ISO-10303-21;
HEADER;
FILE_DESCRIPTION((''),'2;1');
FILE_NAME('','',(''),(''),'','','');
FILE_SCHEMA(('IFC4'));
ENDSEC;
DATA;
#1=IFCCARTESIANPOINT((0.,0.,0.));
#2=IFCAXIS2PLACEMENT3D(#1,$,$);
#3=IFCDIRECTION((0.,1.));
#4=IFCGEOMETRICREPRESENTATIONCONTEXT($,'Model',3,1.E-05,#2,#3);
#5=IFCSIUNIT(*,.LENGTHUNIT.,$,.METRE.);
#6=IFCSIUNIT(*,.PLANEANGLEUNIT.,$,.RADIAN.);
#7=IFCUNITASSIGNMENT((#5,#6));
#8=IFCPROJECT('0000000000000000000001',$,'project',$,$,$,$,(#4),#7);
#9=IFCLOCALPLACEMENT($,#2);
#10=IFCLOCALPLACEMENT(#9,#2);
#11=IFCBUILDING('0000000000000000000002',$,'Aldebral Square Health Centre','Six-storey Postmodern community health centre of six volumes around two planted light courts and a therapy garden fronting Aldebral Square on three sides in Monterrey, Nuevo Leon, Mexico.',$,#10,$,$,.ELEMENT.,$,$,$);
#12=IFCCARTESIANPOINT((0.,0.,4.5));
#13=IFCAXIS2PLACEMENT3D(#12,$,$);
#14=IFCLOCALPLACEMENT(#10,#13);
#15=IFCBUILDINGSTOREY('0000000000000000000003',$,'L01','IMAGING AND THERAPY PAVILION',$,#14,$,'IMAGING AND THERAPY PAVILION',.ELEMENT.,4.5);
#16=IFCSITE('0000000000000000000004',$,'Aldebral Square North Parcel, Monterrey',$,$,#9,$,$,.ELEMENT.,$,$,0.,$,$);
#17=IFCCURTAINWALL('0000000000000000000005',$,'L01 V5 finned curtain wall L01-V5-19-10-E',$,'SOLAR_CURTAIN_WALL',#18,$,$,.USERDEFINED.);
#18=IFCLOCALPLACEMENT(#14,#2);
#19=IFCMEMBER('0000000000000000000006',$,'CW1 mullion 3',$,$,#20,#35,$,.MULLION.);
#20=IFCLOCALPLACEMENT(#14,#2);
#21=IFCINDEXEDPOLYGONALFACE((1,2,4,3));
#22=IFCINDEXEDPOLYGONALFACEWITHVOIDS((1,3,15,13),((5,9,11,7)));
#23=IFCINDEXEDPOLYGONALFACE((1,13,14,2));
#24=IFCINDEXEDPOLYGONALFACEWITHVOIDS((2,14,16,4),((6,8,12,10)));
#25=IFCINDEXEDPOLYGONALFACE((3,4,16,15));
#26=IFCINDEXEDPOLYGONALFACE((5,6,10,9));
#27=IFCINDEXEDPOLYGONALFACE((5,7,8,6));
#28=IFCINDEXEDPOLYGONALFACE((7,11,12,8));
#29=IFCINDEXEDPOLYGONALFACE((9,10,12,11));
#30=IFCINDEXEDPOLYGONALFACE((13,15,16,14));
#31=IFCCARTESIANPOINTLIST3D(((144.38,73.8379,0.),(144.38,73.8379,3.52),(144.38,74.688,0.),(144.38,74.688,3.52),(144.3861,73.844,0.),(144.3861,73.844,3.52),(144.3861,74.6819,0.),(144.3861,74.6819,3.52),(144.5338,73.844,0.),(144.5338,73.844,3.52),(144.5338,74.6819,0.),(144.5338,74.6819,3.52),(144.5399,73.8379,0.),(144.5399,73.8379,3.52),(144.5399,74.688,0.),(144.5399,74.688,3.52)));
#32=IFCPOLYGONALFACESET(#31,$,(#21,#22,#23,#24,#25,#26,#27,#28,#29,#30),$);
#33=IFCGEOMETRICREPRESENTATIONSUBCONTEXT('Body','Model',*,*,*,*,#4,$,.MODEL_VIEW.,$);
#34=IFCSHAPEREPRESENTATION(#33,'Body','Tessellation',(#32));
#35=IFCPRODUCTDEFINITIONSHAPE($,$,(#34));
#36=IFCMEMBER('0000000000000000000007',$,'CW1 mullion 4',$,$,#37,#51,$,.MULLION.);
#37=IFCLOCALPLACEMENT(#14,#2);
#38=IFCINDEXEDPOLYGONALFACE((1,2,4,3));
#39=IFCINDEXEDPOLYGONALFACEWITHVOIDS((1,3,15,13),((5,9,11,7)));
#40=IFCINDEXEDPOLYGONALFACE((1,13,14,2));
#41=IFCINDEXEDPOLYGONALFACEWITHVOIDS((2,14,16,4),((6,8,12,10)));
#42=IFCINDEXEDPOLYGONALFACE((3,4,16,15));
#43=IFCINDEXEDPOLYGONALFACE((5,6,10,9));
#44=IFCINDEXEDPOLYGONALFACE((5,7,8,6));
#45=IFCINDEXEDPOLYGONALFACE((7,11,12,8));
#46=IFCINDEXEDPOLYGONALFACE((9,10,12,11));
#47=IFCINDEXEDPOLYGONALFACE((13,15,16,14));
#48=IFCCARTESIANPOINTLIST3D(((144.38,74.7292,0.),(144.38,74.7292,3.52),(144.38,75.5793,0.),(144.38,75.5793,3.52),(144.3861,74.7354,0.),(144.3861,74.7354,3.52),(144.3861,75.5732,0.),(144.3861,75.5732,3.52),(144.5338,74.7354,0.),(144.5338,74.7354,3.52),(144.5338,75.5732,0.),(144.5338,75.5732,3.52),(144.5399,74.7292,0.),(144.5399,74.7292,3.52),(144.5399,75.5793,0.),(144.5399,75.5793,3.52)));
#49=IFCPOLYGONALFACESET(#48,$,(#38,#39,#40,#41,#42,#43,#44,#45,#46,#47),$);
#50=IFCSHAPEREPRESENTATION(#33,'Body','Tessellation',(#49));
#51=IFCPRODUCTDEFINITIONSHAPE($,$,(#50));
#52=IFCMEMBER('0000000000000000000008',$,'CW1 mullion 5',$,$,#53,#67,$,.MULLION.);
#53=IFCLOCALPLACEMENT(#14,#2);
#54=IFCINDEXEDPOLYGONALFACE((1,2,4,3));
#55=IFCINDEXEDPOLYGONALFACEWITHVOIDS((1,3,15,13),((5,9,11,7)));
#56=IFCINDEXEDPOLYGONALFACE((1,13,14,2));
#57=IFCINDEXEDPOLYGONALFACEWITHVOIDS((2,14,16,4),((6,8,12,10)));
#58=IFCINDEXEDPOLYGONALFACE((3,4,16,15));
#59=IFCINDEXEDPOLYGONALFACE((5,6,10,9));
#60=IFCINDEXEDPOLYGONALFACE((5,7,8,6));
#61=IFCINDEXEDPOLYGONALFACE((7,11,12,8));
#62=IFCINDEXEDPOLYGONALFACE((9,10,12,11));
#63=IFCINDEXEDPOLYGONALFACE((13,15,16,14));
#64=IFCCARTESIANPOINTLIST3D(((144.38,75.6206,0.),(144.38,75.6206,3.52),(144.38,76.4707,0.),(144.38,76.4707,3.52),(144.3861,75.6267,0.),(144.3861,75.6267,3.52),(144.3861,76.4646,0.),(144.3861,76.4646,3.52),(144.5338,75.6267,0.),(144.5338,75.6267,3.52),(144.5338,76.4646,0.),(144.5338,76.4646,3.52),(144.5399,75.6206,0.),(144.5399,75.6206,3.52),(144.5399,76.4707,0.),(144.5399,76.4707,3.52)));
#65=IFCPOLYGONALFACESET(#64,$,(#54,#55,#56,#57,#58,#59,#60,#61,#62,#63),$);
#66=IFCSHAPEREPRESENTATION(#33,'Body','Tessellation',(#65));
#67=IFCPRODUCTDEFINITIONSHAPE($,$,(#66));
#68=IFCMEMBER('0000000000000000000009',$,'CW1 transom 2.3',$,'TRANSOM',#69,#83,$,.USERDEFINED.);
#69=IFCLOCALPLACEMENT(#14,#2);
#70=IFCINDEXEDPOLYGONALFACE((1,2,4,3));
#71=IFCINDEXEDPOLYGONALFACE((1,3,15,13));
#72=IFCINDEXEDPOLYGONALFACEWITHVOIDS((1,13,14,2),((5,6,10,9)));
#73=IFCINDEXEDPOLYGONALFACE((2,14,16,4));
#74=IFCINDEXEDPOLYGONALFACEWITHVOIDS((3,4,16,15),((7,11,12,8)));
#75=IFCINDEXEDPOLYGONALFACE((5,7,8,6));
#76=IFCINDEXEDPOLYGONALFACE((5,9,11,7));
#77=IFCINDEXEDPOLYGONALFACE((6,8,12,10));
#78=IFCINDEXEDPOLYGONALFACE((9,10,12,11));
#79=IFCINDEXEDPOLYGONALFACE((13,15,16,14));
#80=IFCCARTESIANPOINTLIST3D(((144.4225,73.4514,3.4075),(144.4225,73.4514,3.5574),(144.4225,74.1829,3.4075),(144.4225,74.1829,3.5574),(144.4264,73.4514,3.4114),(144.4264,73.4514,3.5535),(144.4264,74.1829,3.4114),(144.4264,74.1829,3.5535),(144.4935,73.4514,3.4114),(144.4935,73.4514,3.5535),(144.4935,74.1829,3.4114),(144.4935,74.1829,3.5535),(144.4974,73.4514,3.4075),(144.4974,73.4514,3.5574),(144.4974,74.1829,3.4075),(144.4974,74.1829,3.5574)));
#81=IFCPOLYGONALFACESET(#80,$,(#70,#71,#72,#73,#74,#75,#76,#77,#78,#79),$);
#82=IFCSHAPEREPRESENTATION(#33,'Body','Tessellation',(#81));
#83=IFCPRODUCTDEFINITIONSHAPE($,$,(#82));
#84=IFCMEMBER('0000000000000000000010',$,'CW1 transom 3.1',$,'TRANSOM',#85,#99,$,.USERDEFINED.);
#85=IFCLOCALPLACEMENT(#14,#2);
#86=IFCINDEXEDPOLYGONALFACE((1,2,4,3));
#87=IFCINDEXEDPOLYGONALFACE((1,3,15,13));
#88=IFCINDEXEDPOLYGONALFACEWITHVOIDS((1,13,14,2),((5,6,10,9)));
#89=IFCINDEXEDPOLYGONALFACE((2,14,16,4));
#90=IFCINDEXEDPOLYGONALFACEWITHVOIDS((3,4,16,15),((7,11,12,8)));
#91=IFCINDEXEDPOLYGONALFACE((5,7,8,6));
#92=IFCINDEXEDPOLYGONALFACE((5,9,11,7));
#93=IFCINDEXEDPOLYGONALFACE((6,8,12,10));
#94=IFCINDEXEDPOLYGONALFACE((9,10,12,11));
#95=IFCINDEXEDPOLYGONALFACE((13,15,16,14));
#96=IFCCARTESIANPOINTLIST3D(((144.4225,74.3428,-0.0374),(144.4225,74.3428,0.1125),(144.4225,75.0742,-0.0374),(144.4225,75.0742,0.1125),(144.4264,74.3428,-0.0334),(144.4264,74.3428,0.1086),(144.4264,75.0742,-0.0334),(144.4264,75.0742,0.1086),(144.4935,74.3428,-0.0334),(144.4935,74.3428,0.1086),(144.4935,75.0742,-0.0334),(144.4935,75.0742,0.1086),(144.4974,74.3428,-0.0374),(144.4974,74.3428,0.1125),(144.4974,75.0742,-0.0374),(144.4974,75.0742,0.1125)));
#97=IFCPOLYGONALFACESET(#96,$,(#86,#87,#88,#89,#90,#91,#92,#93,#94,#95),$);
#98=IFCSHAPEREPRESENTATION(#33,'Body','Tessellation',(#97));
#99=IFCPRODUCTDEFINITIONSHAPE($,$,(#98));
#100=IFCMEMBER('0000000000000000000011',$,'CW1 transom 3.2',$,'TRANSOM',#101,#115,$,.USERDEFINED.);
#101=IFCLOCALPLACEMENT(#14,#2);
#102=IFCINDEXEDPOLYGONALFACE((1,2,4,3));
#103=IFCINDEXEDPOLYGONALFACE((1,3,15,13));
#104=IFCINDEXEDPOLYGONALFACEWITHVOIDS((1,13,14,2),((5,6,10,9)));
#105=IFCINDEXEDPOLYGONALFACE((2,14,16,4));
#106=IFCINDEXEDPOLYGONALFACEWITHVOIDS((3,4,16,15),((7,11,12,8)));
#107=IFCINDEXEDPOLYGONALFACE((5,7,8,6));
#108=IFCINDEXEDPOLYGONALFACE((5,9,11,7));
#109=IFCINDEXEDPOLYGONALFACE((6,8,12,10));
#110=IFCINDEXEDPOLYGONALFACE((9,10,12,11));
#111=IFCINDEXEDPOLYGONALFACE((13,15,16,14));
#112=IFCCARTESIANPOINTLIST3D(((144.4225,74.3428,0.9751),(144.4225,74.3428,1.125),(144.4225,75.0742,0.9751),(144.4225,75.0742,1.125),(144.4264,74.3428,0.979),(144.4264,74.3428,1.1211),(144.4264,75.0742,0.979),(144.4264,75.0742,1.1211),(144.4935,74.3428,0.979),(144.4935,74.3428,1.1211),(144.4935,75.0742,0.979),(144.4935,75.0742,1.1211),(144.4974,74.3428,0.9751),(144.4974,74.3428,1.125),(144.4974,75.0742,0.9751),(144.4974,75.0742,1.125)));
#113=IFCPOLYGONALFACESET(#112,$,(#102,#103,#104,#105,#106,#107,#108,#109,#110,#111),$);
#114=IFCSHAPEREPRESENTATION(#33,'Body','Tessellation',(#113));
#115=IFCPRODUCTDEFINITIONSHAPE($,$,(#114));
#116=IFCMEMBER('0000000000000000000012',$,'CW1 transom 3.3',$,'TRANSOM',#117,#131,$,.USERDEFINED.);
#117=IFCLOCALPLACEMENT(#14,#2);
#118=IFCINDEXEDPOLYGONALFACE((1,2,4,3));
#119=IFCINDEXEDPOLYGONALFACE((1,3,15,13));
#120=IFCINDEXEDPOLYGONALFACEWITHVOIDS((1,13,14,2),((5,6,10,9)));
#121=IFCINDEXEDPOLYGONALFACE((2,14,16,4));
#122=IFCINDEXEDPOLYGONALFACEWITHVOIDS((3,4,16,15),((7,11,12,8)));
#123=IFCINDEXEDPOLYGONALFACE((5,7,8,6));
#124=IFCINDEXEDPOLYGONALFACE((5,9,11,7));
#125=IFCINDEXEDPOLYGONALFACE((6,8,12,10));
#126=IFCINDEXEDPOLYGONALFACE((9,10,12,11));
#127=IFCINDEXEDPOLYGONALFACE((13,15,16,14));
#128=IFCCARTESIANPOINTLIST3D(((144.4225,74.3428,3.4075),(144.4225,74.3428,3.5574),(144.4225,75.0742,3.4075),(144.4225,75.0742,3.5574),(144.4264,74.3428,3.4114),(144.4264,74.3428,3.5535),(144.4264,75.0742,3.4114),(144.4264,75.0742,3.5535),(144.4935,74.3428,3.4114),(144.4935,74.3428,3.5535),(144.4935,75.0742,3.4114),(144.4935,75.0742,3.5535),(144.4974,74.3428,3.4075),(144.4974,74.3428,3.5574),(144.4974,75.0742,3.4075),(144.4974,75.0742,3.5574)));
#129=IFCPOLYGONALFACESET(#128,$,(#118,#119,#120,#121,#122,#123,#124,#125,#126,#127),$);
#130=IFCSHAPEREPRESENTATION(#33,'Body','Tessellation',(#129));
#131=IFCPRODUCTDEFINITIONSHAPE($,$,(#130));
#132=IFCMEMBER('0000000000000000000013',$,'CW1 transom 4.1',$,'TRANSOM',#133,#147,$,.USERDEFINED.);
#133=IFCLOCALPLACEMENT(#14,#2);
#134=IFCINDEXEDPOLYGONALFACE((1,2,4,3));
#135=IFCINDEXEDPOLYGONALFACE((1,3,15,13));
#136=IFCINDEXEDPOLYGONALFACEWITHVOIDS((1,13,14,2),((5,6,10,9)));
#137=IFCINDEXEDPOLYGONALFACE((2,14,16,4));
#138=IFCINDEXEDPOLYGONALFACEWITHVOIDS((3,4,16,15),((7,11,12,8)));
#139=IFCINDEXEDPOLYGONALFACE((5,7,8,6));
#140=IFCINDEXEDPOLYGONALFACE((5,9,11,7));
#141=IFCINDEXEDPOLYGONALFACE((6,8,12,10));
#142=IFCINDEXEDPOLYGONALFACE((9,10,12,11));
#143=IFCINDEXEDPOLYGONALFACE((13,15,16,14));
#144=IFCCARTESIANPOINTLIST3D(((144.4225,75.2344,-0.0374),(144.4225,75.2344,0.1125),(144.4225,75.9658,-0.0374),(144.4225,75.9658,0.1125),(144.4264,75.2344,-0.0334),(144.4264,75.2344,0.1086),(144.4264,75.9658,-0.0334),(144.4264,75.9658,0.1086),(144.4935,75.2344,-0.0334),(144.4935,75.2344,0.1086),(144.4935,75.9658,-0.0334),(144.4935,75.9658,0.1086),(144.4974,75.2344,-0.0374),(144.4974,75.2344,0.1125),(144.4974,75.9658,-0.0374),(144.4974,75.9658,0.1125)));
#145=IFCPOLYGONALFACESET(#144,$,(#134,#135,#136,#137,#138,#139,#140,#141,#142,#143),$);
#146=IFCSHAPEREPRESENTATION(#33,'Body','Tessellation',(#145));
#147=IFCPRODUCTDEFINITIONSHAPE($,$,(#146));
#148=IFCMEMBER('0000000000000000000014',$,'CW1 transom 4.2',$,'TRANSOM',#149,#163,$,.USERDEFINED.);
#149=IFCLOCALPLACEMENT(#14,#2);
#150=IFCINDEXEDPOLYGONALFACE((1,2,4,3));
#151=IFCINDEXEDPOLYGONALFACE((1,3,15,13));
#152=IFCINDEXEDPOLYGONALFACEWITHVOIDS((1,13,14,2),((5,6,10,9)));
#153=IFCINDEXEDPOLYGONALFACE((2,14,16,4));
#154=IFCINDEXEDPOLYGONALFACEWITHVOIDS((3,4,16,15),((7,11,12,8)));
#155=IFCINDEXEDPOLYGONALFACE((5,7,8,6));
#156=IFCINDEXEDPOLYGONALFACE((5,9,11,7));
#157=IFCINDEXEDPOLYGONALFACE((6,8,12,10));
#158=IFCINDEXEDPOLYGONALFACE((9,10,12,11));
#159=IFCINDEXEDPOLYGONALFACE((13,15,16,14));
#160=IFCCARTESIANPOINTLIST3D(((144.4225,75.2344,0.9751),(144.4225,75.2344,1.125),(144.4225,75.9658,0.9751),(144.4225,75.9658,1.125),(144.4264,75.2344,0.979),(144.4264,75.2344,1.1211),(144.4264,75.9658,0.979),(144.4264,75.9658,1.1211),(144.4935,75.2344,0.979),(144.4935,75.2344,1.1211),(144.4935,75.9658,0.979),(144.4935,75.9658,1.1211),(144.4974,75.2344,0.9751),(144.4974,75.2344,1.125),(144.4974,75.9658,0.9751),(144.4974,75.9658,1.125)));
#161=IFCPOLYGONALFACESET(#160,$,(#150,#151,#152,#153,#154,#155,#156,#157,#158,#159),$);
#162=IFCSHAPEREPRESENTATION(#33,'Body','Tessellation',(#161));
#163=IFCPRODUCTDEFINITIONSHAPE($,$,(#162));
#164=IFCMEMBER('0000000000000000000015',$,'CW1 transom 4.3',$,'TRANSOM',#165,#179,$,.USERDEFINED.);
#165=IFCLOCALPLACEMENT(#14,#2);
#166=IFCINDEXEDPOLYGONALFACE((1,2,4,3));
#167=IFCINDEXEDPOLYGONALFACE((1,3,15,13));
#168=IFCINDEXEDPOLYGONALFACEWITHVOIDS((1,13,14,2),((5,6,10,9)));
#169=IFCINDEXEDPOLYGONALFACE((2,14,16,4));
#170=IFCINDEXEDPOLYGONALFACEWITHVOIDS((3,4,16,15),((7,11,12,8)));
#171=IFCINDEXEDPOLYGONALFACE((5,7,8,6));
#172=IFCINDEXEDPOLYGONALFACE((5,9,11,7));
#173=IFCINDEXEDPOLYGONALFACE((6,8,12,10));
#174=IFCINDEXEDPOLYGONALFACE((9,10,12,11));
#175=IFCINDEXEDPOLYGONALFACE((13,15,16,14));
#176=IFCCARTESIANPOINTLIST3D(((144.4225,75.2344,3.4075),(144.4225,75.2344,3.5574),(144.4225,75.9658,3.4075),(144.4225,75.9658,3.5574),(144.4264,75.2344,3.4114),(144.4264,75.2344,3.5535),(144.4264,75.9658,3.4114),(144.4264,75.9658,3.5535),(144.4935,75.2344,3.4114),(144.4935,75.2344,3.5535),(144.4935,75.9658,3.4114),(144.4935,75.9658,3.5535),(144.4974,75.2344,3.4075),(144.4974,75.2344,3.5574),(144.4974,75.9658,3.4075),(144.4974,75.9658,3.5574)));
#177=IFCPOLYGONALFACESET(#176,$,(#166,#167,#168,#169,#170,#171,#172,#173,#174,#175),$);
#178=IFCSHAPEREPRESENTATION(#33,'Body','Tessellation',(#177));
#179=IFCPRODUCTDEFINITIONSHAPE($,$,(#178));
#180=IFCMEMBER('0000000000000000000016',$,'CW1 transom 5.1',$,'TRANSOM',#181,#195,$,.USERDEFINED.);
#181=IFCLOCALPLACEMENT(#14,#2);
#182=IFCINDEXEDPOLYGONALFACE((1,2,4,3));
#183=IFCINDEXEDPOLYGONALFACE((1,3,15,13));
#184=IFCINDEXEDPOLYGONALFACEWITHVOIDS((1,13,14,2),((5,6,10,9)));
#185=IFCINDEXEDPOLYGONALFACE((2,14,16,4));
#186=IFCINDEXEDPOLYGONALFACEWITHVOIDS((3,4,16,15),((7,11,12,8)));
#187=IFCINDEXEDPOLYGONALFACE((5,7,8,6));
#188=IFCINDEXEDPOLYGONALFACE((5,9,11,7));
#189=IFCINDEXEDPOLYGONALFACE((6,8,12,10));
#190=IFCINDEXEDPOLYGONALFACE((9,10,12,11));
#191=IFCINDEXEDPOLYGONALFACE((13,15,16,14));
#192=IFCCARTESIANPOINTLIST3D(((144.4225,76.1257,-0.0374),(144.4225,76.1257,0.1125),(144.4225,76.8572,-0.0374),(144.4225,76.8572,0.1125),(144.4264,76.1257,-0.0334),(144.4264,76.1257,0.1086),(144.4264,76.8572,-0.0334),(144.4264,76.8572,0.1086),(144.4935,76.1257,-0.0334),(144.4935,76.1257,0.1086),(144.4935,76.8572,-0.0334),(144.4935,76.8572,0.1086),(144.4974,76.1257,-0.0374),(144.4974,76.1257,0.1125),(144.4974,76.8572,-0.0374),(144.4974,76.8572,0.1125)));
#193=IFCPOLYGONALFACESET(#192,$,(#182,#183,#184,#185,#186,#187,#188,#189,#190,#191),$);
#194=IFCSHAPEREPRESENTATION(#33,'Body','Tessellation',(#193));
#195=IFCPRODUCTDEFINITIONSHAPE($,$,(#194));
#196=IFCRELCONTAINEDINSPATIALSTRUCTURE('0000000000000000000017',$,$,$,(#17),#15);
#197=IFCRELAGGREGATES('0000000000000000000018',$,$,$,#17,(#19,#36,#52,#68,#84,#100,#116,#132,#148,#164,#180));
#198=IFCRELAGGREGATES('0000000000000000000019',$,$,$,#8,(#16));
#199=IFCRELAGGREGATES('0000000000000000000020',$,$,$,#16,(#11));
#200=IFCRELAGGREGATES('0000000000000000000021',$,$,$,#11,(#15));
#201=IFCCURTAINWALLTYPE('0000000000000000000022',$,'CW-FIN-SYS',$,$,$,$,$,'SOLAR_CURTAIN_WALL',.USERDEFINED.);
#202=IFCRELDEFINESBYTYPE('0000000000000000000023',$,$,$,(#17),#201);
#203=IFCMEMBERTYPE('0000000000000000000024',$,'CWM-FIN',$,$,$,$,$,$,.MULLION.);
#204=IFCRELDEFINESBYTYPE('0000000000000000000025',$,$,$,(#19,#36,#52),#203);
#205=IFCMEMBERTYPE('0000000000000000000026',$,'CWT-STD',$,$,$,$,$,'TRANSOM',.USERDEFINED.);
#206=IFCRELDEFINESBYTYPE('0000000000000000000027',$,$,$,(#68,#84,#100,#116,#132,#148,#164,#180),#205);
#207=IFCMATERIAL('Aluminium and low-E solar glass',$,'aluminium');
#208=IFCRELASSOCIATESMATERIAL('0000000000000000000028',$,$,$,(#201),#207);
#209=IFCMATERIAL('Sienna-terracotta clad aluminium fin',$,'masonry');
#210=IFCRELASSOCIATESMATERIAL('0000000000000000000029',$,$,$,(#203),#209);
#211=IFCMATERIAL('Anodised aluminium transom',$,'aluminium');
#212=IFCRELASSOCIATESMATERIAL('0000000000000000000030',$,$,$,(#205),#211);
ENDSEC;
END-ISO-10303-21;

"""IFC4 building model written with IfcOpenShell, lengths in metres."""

from ifc_helpers import new_model, si_unit, direction, frame, origin, origin_2d, place, context, subcontext, project, spatial, hollow_rectangle, extrude, material, material_profile, profile_set, type_object, element, aggregate, save


model = new_model("IFC4")

# Units and contexts
model_context = context("Model", 3, precision=1e-05, world=origin(), true_north=direction((0.0, 1.0)))
body_context = subcontext(model_context, "Body", "Model", "MODEL_VIEW")
ifc_project = project(units=[si_unit("LENGTHUNIT", "METRE"), si_unit("PLANEANGLEUNIT", "RADIAN")], contexts=[model_context])

# Site, building, storey
site_placement = place(None, origin())
site = spatial("IfcSite", under=ifc_project, at=site_placement, Name="Aldebral Square North Parcel, Monterrey", CompositionType="ELEMENT", RefElevation=0.0)
building_placement = place(site_placement, origin())
building = spatial("IfcBuilding", under=site, at=building_placement, Name="Aldebral Square Health Centre", Description="Six-storey Postmodern community health centre of six volumes around two planted light courts and a therapy garden fronting Aldebral Square on three sides in Monterrey, Nuevo Leon, Mexico.", CompositionType="ELEMENT")
storey_placement = place(building_placement, frame((0.0, 0.0, 4.5)))
storey = spatial("IfcBuildingStorey", under=building, at=storey_placement, Name="L01", Description="IMAGING AND THERAPY PAVILION", LongName="IMAGING AND THERAPY PAVILION", CompositionType="ELEMENT", Elevation=4.5)

# Curtain wall, members
ifc_material_1 = material(Name="Aluminium and low-E solar glass", Category="aluminium")
curtain_wall_type = type_object("IfcCurtainWallType", Name="CW-FIN-SYS", ElementType="SOLAR_CURTAIN_WALL", PredefinedType="USERDEFINED", material=ifc_material_1)
curtain_wall_placement = place(storey_placement, origin())
curtain_wall = element("IfcCurtainWall", 1, at=curtain_wall_placement, inside=storey, type_object=curtain_wall_type, Name="L01 V5 finned curtain wall L01-V5-19-10-E", ObjectType="SOLAR_CURTAIN_WALL", PredefinedType="USERDEFINED")
ifc_material_2 = material(Name="Sienna-terracotta clad aluminium fin", Category="masonry")
ifc_material_profile_1 = material_profile(ifc_material_2, hollow_rectangle(XDim=0.1599, YDim=0.8501, WallThickness=0.0061, at=origin_2d()), Name="FIN 160x850x6")
ifc_profile_set_1 = profile_set([ifc_material_profile_1], Name="Sienna-terracotta clad aluminium fin")
member_type_1 = type_object("IfcMemberType", Name="CWM-FIN", PredefinedType="MULLION", material=ifc_profile_set_1)
member_1_placement = place(storey_placement, frame((144.46, 74.2629, 0.0), z_axis=(0.0, 0.0, 1.0), x_axis=(-1.0, 0.0, 0.0)))
member_1 = element("IfcMember", 2, at=member_1_placement, type_object=member_type_1, Name="CW1 mullion 3", PredefinedType="MULLION", context=body_context, shape_type="SweptSolid", body=[
    extrude(hollow_rectangle(XDim=0.1599, YDim=0.8501, WallThickness=0.0061, at=origin_2d()), origin(), (0.0, 0.0, 1.0), 3.52),
])
member_2_placement = place(storey_placement, frame((144.46, 75.1543, 0.0), z_axis=(0.0, 0.0, 1.0), x_axis=(-1.0, 0.0, 0.0)))
member_2 = element("IfcMember", 3, at=member_2_placement, type_object=member_type_1, Name="CW1 mullion 4", PredefinedType="MULLION", context=body_context, shape_type="SweptSolid", body=[
    extrude(hollow_rectangle(XDim=0.1599, YDim=0.8501, WallThickness=0.0061, at=origin_2d()), origin(), (0.0, 0.0, 1.0), 3.52),
])
member_3_placement = place(storey_placement, frame((144.46, 76.0457, 0.0), z_axis=(0.0, 0.0, 1.0), x_axis=(-1.0, 0.0, 0.0)))
member_3 = element("IfcMember", 4, at=member_3_placement, type_object=member_type_1, Name="CW1 mullion 5", PredefinedType="MULLION", context=body_context, shape_type="SweptSolid", body=[
    extrude(hollow_rectangle(XDim=0.1599, YDim=0.8501, WallThickness=0.0061, at=origin_2d()), origin(), (0.0, 0.0, 1.0), 3.52),
])
ifc_material_3 = material(Name="Anodised aluminium transom", Category="aluminium")
ifc_material_profile_2 = material_profile(ifc_material_3, hollow_rectangle(XDim=0.075, YDim=0.1499, WallThickness=0.0039, at=origin_2d()), Name="CWT 75x150x4")
ifc_profile_set_2 = profile_set([ifc_material_profile_2], Name="Anodised aluminium transom")
member_type_2 = type_object("IfcMemberType", Name="CWT-STD", ElementType="TRANSOM", PredefinedType="USERDEFINED", material=ifc_profile_set_2)
member_4_placement = place(storey_placement, frame((144.46, 73.4514, 3.4824), z_axis=(0.0, 1.0, 0.0), x_axis=(-1.0, 0.0, 0.0)))
member_4 = element("IfcMember", 5, at=member_4_placement, type_object=member_type_2, Name="CW1 transom 2.3", ObjectType="TRANSOM", PredefinedType="USERDEFINED", context=body_context, shape_type="SweptSolid", body=[
    extrude(hollow_rectangle(XDim=0.075, YDim=0.1499, WallThickness=0.0039, at=origin_2d()), origin(), (0.0, 0.0, 1.0), 0.7314),
])
member_5_placement = place(storey_placement, frame((144.46, 74.3428, 0.0376), z_axis=(0.0, 1.0, 0.0), x_axis=(-1.0, 0.0, 0.0)))
member_5 = element("IfcMember", 6, at=member_5_placement, type_object=member_type_2, Name="CW1 transom 3.1", ObjectType="TRANSOM", PredefinedType="USERDEFINED", context=body_context, shape_type="SweptSolid", body=[
    extrude(hollow_rectangle(XDim=0.075, YDim=0.1499, WallThickness=0.0039, at=origin_2d()), origin(), (0.0, 0.0, 1.0), 0.7314),
])
member_6_placement = place(storey_placement, frame((144.46, 74.3428, 1.05), z_axis=(0.0, 1.0, 0.0), x_axis=(-1.0, 0.0, 0.0)))
member_6 = element("IfcMember", 7, at=member_6_placement, type_object=member_type_2, Name="CW1 transom 3.2", ObjectType="TRANSOM", PredefinedType="USERDEFINED", context=body_context, shape_type="SweptSolid", body=[
    extrude(hollow_rectangle(XDim=0.075, YDim=0.1499, WallThickness=0.0039, at=origin_2d()), origin(), (0.0, 0.0, 1.0), 0.7314),
])
member_7_placement = place(storey_placement, frame((144.46, 74.3428, 3.4824), z_axis=(0.0, 1.0, 0.0), x_axis=(-1.0, 0.0, 0.0)))
member_7 = element("IfcMember", 8, at=member_7_placement, type_object=member_type_2, Name="CW1 transom 3.3", ObjectType="TRANSOM", PredefinedType="USERDEFINED", context=body_context, shape_type="SweptSolid", body=[
    extrude(hollow_rectangle(XDim=0.075, YDim=0.1499, WallThickness=0.0039, at=origin_2d()), origin(), (0.0, 0.0, 1.0), 0.7314),
])
member_8_placement = place(storey_placement, frame((144.46, 75.2344, 0.0376), z_axis=(0.0, 1.0, 0.0), x_axis=(-1.0, 0.0, 0.0)))
member_8 = element("IfcMember", 9, at=member_8_placement, type_object=member_type_2, Name="CW1 transom 4.1", ObjectType="TRANSOM", PredefinedType="USERDEFINED", context=body_context, shape_type="SweptSolid", body=[
    extrude(hollow_rectangle(XDim=0.075, YDim=0.1499, WallThickness=0.0039, at=origin_2d()), origin(), (0.0, 0.0, 1.0), 0.7314),
])
member_9_placement = place(storey_placement, frame((144.46, 75.2344, 1.05), z_axis=(0.0, 1.0, 0.0), x_axis=(-1.0, 0.0, 0.0)))
member_9 = element("IfcMember", 10, at=member_9_placement, type_object=member_type_2, Name="CW1 transom 4.2", ObjectType="TRANSOM", PredefinedType="USERDEFINED", context=body_context, shape_type="SweptSolid", body=[
    extrude(hollow_rectangle(XDim=0.075, YDim=0.1499, WallThickness=0.0039, at=origin_2d()), origin(), (0.0, 0.0, 1.0), 0.7314),
])
member_10_placement = place(storey_placement, frame((144.46, 75.2344, 3.4824), z_axis=(0.0, 1.0, 0.0), x_axis=(-1.0, 0.0, 0.0)))
member_10 = element("IfcMember", 11, at=member_10_placement, type_object=member_type_2, Name="CW1 transom 4.3", ObjectType="TRANSOM", PredefinedType="USERDEFINED", context=body_context, shape_type="SweptSolid", body=[
    extrude(hollow_rectangle(XDim=0.075, YDim=0.1499, WallThickness=0.0039, at=origin_2d()), origin(), (0.0, 0.0, 1.0), 0.7314),
])
member_11_placement = place(storey_placement, frame((144.46, 76.1257, 0.0376), z_axis=(0.0, 1.0, 0.0), x_axis=(-1.0, 0.0, 0.0)))
member_11 = element("IfcMember", 12, at=member_11_placement, type_object=member_type_2, Name="CW1 transom 5.1", ObjectType="TRANSOM", PredefinedType="USERDEFINED", context=body_context, shape_type="SweptSolid", body=[
    extrude(hollow_rectangle(XDim=0.075, YDim=0.1499, WallThickness=0.0039, at=origin_2d()), origin(), (0.0, 0.0, 1.0), 0.7314),
])
aggregate(curtain_wall, [member_1, member_2, member_3, member_4, member_5, member_6, member_7, member_8, member_9, member_10, member_11])

save(model, "model.ifc")
